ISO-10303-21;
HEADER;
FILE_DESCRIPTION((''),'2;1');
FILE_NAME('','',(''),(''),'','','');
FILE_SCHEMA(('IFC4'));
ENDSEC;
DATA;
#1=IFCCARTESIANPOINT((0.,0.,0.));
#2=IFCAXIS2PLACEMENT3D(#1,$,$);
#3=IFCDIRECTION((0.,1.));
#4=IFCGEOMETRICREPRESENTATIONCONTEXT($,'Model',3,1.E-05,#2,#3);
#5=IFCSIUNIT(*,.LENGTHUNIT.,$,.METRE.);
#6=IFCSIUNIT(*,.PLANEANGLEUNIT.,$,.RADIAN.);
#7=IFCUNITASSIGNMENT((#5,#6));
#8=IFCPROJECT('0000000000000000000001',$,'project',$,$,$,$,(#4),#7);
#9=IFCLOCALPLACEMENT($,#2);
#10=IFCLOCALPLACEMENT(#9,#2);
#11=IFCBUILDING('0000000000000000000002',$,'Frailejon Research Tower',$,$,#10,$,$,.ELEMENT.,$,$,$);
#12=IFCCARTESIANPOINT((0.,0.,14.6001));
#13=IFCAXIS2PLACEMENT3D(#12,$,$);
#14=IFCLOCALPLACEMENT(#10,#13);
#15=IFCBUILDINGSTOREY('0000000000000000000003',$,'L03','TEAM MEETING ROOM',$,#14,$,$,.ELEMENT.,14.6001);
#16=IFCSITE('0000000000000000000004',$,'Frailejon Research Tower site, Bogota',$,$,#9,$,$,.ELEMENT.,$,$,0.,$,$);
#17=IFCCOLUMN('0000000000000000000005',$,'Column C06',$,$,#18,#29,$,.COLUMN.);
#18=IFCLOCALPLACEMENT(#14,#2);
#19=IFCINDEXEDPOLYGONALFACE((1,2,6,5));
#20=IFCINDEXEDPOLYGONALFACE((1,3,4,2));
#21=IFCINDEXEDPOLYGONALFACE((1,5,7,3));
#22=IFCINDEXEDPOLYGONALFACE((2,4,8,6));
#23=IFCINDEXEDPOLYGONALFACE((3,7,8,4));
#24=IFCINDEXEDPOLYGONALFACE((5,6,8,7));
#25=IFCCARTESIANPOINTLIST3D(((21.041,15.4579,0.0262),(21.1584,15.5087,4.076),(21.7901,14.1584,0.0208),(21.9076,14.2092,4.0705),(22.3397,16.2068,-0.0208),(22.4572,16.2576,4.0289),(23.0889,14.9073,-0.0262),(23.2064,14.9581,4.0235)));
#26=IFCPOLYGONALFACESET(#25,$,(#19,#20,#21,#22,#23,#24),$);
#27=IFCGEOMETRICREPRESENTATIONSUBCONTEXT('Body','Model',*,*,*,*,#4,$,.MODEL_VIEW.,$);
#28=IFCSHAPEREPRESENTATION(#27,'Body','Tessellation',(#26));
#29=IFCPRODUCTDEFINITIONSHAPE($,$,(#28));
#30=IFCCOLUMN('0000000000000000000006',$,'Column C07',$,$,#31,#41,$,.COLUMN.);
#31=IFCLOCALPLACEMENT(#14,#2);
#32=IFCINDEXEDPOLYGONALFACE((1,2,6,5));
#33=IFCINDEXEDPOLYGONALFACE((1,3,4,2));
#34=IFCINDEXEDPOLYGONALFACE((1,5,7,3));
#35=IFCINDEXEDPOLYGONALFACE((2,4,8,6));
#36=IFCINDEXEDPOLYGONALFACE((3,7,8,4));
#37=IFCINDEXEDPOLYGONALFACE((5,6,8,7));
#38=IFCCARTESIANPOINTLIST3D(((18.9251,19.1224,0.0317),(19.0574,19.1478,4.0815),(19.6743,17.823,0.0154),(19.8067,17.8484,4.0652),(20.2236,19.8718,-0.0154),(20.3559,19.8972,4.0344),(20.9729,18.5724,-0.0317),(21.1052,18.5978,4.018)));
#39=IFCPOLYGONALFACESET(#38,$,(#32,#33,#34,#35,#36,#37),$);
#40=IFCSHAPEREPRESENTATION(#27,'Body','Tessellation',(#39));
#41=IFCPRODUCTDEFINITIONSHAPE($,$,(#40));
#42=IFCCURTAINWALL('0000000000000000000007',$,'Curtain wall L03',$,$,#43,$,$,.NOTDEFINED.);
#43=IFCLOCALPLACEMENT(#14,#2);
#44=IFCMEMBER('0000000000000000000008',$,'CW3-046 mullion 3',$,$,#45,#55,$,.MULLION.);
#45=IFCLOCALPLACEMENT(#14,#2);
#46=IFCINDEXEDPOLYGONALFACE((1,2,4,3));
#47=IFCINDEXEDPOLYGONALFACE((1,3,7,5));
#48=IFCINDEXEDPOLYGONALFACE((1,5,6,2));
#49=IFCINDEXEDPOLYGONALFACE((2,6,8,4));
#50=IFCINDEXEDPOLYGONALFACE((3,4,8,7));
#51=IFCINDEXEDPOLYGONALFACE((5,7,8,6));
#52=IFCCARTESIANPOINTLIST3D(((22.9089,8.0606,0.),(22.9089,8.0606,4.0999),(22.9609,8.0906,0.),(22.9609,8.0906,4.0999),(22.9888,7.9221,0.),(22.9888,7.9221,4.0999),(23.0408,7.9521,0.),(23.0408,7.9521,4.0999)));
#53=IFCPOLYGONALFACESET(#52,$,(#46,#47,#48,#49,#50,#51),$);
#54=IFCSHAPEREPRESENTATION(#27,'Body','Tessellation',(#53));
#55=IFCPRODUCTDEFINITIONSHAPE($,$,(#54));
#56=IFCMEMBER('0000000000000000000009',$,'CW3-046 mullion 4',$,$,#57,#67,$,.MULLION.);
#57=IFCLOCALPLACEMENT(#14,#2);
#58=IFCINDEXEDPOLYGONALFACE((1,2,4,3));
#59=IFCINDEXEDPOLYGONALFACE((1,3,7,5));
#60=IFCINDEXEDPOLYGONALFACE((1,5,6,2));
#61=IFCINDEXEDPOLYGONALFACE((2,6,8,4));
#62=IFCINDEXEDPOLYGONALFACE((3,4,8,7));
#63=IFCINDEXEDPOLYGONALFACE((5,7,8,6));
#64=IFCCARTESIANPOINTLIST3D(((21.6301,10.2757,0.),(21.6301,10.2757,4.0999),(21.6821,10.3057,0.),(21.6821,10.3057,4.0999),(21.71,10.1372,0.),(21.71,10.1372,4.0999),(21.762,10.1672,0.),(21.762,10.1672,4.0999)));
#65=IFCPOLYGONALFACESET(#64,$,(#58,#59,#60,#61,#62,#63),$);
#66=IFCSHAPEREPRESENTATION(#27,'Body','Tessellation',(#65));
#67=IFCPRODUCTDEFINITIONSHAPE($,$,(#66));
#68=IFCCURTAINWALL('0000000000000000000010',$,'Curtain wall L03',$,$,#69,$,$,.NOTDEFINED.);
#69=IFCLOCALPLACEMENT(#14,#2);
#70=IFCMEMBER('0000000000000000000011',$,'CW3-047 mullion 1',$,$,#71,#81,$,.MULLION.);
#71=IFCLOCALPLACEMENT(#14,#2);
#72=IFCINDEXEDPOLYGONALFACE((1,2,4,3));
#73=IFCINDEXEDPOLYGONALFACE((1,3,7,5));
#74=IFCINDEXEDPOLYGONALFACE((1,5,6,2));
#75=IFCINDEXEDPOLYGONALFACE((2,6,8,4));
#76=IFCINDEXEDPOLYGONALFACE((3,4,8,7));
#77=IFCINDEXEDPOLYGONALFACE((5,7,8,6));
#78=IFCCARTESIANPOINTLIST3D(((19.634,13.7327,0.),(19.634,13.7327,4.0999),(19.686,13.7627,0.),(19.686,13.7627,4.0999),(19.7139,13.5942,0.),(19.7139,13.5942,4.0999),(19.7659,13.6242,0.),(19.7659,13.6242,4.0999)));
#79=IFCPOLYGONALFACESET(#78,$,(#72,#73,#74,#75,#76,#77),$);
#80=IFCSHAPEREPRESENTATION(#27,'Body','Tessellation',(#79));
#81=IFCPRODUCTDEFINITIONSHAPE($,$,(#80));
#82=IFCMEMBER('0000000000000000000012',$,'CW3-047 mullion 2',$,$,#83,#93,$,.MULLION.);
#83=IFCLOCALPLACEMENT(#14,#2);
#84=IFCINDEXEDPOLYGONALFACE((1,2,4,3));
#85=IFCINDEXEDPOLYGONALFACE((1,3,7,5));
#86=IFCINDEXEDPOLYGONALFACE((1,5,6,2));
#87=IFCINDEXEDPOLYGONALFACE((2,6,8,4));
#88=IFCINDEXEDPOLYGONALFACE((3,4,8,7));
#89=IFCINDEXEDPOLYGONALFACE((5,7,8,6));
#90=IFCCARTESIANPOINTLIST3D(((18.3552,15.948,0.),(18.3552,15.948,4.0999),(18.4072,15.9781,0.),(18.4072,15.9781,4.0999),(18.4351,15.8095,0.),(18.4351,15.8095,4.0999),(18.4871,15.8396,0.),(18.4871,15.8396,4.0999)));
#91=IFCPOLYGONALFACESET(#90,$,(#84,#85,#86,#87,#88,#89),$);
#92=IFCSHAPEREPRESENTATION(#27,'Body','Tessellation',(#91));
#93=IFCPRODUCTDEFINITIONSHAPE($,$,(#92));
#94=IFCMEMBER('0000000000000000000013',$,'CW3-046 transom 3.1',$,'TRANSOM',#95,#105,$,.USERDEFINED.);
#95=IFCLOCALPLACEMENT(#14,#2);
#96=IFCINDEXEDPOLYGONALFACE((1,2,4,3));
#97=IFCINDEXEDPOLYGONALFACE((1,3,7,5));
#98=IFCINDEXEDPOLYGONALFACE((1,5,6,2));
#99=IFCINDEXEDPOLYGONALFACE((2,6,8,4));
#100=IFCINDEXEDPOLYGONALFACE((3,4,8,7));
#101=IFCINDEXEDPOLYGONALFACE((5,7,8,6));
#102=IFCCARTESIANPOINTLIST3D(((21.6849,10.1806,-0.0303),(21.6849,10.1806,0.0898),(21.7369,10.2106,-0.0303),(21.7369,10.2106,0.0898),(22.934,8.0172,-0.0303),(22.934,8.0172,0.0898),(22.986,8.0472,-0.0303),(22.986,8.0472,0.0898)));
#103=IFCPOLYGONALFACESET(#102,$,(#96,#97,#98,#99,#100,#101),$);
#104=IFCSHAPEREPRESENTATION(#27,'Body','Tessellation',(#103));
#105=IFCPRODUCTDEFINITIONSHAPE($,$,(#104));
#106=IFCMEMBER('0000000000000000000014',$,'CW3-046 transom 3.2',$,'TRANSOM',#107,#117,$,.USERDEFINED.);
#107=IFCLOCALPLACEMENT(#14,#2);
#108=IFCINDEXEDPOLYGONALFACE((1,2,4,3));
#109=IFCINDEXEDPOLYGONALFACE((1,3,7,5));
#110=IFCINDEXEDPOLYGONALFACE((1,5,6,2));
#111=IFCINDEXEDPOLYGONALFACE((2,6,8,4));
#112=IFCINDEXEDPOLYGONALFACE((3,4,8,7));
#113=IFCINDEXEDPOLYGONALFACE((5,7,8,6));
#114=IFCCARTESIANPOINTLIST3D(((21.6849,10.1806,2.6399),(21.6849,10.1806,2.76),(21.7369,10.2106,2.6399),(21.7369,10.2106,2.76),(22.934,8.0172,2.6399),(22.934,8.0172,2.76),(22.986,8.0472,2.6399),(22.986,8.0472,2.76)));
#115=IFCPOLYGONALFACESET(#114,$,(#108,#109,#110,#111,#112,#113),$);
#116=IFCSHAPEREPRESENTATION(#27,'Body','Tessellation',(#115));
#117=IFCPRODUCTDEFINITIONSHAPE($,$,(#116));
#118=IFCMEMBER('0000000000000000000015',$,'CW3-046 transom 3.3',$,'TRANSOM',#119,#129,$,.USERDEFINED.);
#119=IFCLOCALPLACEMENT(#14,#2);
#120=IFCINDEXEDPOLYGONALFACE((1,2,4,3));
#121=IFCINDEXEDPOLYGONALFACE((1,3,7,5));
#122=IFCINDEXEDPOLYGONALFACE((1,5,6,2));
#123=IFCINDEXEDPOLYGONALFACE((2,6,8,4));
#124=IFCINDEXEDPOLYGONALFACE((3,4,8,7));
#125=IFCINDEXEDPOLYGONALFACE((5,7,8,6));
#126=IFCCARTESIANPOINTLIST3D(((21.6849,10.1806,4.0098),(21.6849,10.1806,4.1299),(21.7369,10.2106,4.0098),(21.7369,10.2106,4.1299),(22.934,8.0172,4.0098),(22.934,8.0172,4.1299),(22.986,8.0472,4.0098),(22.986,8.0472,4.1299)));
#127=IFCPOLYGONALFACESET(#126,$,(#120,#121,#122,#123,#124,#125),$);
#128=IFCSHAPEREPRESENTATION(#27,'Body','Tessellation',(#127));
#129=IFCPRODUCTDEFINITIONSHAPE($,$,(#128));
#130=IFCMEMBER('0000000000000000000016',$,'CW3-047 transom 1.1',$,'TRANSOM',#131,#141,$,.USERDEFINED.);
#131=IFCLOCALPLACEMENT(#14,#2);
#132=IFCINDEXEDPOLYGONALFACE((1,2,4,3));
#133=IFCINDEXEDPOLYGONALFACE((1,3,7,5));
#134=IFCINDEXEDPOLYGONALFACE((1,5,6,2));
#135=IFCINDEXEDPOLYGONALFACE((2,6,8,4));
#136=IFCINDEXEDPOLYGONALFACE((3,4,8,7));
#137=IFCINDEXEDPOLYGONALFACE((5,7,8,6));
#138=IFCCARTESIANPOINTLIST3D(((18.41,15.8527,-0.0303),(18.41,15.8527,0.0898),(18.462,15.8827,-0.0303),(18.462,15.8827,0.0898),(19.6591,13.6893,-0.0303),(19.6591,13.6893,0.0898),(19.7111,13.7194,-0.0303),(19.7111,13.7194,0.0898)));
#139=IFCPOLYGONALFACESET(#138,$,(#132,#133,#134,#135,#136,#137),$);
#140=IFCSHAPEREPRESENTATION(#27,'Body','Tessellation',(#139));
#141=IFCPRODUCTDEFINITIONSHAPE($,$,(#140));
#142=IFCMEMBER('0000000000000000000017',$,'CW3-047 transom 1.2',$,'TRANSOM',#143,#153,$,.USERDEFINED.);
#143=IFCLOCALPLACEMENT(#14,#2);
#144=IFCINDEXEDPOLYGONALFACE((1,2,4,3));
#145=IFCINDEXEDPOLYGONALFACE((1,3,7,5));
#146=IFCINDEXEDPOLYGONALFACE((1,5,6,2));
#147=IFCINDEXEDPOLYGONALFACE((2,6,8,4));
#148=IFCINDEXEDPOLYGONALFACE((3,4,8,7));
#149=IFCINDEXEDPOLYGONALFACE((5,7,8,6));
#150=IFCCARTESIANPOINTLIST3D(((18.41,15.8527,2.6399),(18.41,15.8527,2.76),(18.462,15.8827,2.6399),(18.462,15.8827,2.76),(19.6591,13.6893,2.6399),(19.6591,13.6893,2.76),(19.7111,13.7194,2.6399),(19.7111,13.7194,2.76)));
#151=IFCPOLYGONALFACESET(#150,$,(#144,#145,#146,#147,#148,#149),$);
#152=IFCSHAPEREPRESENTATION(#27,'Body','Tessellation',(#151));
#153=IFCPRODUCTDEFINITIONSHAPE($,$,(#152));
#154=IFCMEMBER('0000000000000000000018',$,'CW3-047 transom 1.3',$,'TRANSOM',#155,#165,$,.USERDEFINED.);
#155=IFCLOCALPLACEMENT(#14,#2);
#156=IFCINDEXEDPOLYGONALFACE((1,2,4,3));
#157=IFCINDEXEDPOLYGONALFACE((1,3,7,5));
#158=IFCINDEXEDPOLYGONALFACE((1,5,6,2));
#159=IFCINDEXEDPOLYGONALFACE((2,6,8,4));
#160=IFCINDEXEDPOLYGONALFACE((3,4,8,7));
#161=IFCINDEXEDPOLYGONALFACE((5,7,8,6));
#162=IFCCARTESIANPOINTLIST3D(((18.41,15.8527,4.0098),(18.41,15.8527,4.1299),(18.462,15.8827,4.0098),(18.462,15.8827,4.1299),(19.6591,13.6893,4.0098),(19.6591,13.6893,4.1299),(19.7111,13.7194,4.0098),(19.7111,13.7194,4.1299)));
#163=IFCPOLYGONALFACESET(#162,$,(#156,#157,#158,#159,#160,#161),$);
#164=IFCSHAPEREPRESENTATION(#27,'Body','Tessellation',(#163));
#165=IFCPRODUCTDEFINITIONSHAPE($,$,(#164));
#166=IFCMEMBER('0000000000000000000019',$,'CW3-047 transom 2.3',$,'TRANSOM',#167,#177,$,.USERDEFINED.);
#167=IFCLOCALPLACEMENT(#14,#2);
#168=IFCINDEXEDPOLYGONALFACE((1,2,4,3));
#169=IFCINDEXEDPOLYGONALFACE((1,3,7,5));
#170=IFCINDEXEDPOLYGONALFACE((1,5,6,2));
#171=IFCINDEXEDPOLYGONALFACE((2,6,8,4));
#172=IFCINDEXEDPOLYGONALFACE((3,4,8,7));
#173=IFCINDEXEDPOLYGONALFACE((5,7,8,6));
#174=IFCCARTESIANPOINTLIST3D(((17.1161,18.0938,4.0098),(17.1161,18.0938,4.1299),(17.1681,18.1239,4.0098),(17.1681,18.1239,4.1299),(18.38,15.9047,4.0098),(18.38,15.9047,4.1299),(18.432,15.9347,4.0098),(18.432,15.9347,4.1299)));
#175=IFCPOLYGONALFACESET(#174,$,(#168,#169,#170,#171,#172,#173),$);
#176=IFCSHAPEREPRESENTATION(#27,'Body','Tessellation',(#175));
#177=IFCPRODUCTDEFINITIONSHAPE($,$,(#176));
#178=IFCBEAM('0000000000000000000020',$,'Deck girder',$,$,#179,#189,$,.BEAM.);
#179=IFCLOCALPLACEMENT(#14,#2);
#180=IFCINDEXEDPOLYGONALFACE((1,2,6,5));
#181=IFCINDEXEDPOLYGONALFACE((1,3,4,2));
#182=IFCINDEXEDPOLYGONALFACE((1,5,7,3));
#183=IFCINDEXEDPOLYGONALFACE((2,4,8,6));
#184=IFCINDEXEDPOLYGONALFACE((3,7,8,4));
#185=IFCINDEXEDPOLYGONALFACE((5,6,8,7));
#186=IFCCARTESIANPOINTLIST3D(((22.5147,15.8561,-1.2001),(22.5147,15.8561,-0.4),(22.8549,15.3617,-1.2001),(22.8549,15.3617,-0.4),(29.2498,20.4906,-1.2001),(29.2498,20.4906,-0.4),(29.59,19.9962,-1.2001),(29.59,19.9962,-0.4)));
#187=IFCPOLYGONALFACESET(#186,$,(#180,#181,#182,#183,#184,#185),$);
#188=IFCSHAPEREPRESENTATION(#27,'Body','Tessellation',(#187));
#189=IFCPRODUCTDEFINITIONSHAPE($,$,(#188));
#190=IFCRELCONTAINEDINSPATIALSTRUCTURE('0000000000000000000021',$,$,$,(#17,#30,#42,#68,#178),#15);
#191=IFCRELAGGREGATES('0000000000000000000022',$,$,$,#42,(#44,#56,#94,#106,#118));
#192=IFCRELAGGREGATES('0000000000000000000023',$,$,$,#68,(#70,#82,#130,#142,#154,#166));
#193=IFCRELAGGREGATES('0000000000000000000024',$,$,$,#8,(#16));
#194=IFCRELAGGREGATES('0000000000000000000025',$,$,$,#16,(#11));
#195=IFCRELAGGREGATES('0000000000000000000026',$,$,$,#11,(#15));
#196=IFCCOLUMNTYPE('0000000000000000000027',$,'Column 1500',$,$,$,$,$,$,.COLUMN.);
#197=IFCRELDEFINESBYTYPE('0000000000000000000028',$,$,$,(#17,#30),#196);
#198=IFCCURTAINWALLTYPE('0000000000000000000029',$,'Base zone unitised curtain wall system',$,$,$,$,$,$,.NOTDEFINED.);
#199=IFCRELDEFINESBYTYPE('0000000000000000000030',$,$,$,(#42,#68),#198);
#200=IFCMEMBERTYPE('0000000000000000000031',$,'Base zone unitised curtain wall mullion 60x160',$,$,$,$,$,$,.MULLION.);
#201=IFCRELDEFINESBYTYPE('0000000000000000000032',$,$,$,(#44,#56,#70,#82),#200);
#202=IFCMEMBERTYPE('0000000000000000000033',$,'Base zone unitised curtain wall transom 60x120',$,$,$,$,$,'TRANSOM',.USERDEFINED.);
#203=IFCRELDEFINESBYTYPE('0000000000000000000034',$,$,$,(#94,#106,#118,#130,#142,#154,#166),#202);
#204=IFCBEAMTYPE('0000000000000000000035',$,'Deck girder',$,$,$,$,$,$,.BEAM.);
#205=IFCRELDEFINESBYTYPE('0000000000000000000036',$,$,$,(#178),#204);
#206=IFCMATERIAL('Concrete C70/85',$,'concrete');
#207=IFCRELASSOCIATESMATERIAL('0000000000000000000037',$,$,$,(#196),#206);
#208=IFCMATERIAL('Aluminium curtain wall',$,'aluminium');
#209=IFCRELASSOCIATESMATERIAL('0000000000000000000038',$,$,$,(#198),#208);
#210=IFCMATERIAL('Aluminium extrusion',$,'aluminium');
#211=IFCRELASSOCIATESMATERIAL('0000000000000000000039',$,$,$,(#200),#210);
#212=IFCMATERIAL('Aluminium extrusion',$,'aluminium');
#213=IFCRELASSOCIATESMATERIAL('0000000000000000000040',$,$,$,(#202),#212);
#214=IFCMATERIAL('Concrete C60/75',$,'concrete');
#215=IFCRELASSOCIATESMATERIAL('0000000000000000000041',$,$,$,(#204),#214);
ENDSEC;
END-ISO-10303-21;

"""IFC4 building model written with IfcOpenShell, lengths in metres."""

from ifc_helpers import new_model, si_unit, direction, frame, origin, origin_2d, place, context, subcontext, project, spatial, rectangle, extrude, material, material_profile, profile_set, type_object, element, aggregate, save


model = new_model("IFC4")

# Units and contexts
model_context = context("Model", 3, precision=1e-05, world=origin(), true_north=direction((0.0, 1.0)))
body_context = subcontext(model_context, "Body", "Model", "MODEL_VIEW")
ifc_project = project(units=[si_unit("LENGTHUNIT", "METRE"), si_unit("PLANEANGLEUNIT", "RADIAN")], contexts=[model_context])

# Site, building, storey
site_placement = place(None, origin())
site = spatial("IfcSite", under=ifc_project, at=site_placement, Name="Frailejon Research Tower site, Bogota", CompositionType="ELEMENT", RefElevation=0.0)
building_placement = place(site_placement, origin())
building = spatial("IfcBuilding", under=site, at=building_placement, Name="Frailejon Research Tower", CompositionType="ELEMENT")
storey_placement = place(building_placement, frame((0.0, 0.0, 14.6001)))
storey = spatial("IfcBuildingStorey", under=building, at=storey_placement, Name="L03", Description="TEAM MEETING ROOM", CompositionType="ELEMENT", Elevation=14.6001)

# Columns
ifc_material_1 = material(Name="Concrete C70/85", Category="concrete")
ifc_material_profile_1 = material_profile(ifc_material_1, rectangle(XDim=1.5, YDim=1.5, at=origin_2d()), Name="Column 1500")
ifc_profile_set_1 = profile_set([ifc_material_profile_1], Name="Concrete C70/85")
column_type = type_object("IfcColumnType", Name="Column 1500", PredefinedType="COLUMN", material=ifc_profile_set_1)
column_1_placement = place(storey_placement, frame((22.0649, 15.1826, 0.0), z_axis=(0.028982, 0.012533, 0.999501), x_axis=(-0.49945, 0.866335, 0.003619)))
element("IfcColumn", 1, at=column_1_placement, inside=storey, type_object=column_type, Name="Column C06", PredefinedType="COLUMN", context=body_context, shape_type="SweptSolid", body=[
    extrude(rectangle(XDim=1.5, YDim=1.5, at=origin_2d()), origin(), (0.0, 0.0, 1.0), 4.0518),
])
column_2_placement = place(storey_placement, frame((19.949, 18.8474, 0.0), z_axis=(0.032656, 0.006266, 0.999447), x_axis=(-0.49952, 0.866234, 0.01089)))
element("IfcColumn", 2, at=column_2_placement, inside=storey, type_object=column_type, Name="Column C07", PredefinedType="COLUMN", context=body_context, shape_type="SweptSolid", body=[
    extrude(rectangle(XDim=1.5, YDim=1.5, at=origin_2d()), origin(), (0.0, 0.0, 1.0), 4.052),
])

# Curtain walls, members
ifc_material_2 = material(Name="Aluminium curtain wall", Category="aluminium")
curtain_wall_type = type_object("IfcCurtainWallType", Name="Base zone unitised curtain wall system", PredefinedType="NOTDEFINED", material=ifc_material_2)
curtain_wall_1_placement = place(storey_placement, origin())
curtain_wall_1 = element("IfcCurtainWall", 3, at=curtain_wall_1_placement, inside=storey, type_object=curtain_wall_type, Name="Curtain wall L03", PredefinedType="NOTDEFINED")
ifc_material_3 = material(Name="Aluminium extrusion", Category="aluminium")
ifc_material_profile_2 = material_profile(ifc_material_3, rectangle(XDim=0.0601, YDim=0.1599, at=origin_2d()), Name="Base zone unitised curtain wall mullion 60x160")
ifc_profile_set_2 = profile_set([ifc_material_profile_2], Name="Aluminium extrusion")
member_type_1 = type_object("IfcMemberType", Name="Base zone unitised curtain wall mullion 60x160", PredefinedType="MULLION", material=ifc_profile_set_2)
member_1_placement = place(storey_placement, frame((22.9749, 8.0063, 0.0), z_axis=(0.0, 0.0, 1.0), x_axis=(-0.866029, -0.499993, 0.0)))
member_1 = element("IfcMember", 4, at=member_1_placement, type_object=member_type_1, Name="CW3-046 mullion 3", PredefinedType="MULLION", context=body_context, shape_type="SweptSolid", body=[
    extrude(rectangle(XDim=0.0601, YDim=0.1599, at=origin_2d()), origin(), (0.0, 0.0, 1.0), 4.0999),
])
member_2_placement = place(storey_placement, frame((21.696, 10.2214, 0.0), z_axis=(0.0, 0.0, 1.0), x_axis=(-0.866029, -0.499993, 0.0)))
member_2 = element("IfcMember", 5, at=member_2_placement, type_object=member_type_1, Name="CW3-046 mullion 4", PredefinedType="MULLION", context=body_context, shape_type="SweptSolid", body=[
    extrude(rectangle(XDim=0.0601, YDim=0.1599, at=origin_2d()), origin(), (0.0, 0.0, 1.0), 4.0999),
])
curtain_wall_2_placement = place(storey_placement, origin())
curtain_wall_2 = element("IfcCurtainWall", 6, at=curtain_wall_2_placement, inside=storey, type_object=curtain_wall_type, Name="Curtain wall L03", PredefinedType="NOTDEFINED")
member_3_placement = place(storey_placement, frame((19.7, 13.6785, 0.0), z_axis=(0.0, 0.0, 1.0), x_axis=(-0.866029, -0.499993, 0.0)))
member_3 = element("IfcMember", 7, at=member_3_placement, type_object=member_type_1, Name="CW3-047 mullion 1", PredefinedType="MULLION", context=body_context, shape_type="SweptSolid", body=[
    extrude(rectangle(XDim=0.0601, YDim=0.1599, at=origin_2d()), origin(), (0.0, 0.0, 1.0), 4.0999),
])
member_4_placement = place(storey_placement, frame((18.4211, 15.8938, 0.0), z_axis=(0.0, 0.0, 1.0), x_axis=(-0.866029, -0.499993, 0.0)))
member_4 = element("IfcMember", 8, at=member_4_placement, type_object=member_type_1, Name="CW3-047 mullion 2", PredefinedType="MULLION", context=body_context, shape_type="SweptSolid", body=[
    extrude(rectangle(XDim=0.0601, YDim=0.1599, at=origin_2d()), origin(), (0.0, 0.0, 1.0), 4.0999),
])

# Members
ifc_material_4 = material(Name="Aluminium extrusion", Category="aluminium")
ifc_material_profile_3 = material_profile(ifc_material_4, rectangle(XDim=0.0601, YDim=0.1201, at=origin_2d()), Name="Base zone unitised curtain wall transom 60x120")
ifc_profile_set_3 = profile_set([ifc_material_profile_3], Name="Aluminium extrusion")
member_type_2 = type_object("IfcMemberType", Name="Base zone unitised curtain wall transom 60x120", ElementType="TRANSOM", PredefinedType="USERDEFINED", material=ifc_profile_set_3)
member_5_placement = place(storey_placement, frame((22.96, 8.0322, 0.0298), z_axis=(-0.500007, 0.866021, 0.0), x_axis=(-0.866021, -0.500007, 0.0)))
member_5 = element("IfcMember", 9, at=member_5_placement, type_object=member_type_2, Name="CW3-046 transom 3.1", ObjectType="TRANSOM", PredefinedType="USERDEFINED", context=body_context, shape_type="SweptSolid", body=[
    extrude(rectangle(XDim=0.0601, YDim=0.1201, at=origin_2d()), origin(), (0.0, 0.0, 1.0), 2.498),
])
member_6_placement = place(storey_placement, frame((22.96, 8.0322, 2.7), z_axis=(-0.500007, 0.866021, 0.0), x_axis=(-0.866021, -0.500007, 0.0)))
member_6 = element("IfcMember", 10, at=member_6_placement, type_object=member_type_2, Name="CW3-046 transom 3.2", ObjectType="TRANSOM", PredefinedType="USERDEFINED", context=body_context, shape_type="SweptSolid", body=[
    extrude(rectangle(XDim=0.0601, YDim=0.1201, at=origin_2d()), origin(), (0.0, 0.0, 1.0), 2.498),
])
member_7_placement = place(storey_placement, frame((22.96, 8.0322, 4.0698), z_axis=(-0.500007, 0.866021, 0.0), x_axis=(-0.866021, -0.500007, 0.0)))
member_7 = element("IfcMember", 11, at=member_7_placement, type_object=member_type_2, Name="CW3-046 transom 3.3", ObjectType="TRANSOM", PredefinedType="USERDEFINED", context=body_context, shape_type="SweptSolid", body=[
    extrude(rectangle(XDim=0.0601, YDim=0.1201, at=origin_2d()), origin(), (0.0, 0.0, 1.0), 2.498),
])
member_8_placement = place(storey_placement, frame((19.6851, 13.7043, 0.0298), z_axis=(-0.500007, 0.866021, 0.0), x_axis=(-0.866021, -0.500007, 0.0)))
member_8 = element("IfcMember", 12, at=member_8_placement, type_object=member_type_2, Name="CW3-047 transom 1.1", ObjectType="TRANSOM", PredefinedType="USERDEFINED", context=body_context, shape_type="SweptSolid", body=[
    extrude(rectangle(XDim=0.0601, YDim=0.1201, at=origin_2d()), origin(), (0.0, 0.0, 1.0), 2.498),
])
member_9_placement = place(storey_placement, frame((19.6851, 13.7043, 2.7), z_axis=(-0.500007, 0.866021, 0.0), x_axis=(-0.866021, -0.500007, 0.0)))
member_9 = element("IfcMember", 13, at=member_9_placement, type_object=member_type_2, Name="CW3-047 transom 1.2", ObjectType="TRANSOM", PredefinedType="USERDEFINED", context=body_context, shape_type="SweptSolid", body=[
    extrude(rectangle(XDim=0.0601, YDim=0.1201, at=origin_2d()), origin(), (0.0, 0.0, 1.0), 2.498),
])
member_10_placement = place(storey_placement, frame((19.6851, 13.7043, 4.0698), z_axis=(-0.500007, 0.866021, 0.0), x_axis=(-0.866021, -0.500007, 0.0)))
member_10 = element("IfcMember", 14, at=member_10_placement, type_object=member_type_2, Name="CW3-047 transom 1.3", ObjectType="TRANSOM", PredefinedType="USERDEFINED", context=body_context, shape_type="SweptSolid", body=[
    extrude(rectangle(XDim=0.0601, YDim=0.1201, at=origin_2d()), origin(), (0.0, 0.0, 1.0), 2.498),
])
member_11_placement = place(storey_placement, frame((18.406, 15.9197, 4.0698), z_axis=(-0.499993, 0.86603, 0.0), x_axis=(-0.86603, -0.499993, 0.0)))
member_11 = element("IfcMember", 15, at=member_11_placement, type_object=member_type_2, Name="CW3-047 transom 2.3", ObjectType="TRANSOM", PredefinedType="USERDEFINED", context=body_context, shape_type="SweptSolid", body=[
    extrude(rectangle(XDim=0.0601, YDim=0.1201, at=origin_2d()), origin(), (0.0, 0.0, 1.0), 2.5278),
])

# Beam
ifc_material_5 = material(Name="Concrete C60/75", Category="concrete")
ifc_material_profile_4 = material_profile(ifc_material_5, rectangle(XDim=0.6001, YDim=0.8, at=origin_2d()), Name="Deck girder")
ifc_profile_set_4 = profile_set([ifc_material_profile_4], Name="Concrete C60/75")
beam_type_1 = type_object("IfcBeamType", Name="Deck girder", PredefinedType="BEAM", material=ifc_profile_set_4)
beam_1_placement = place(storey_placement, frame((22.6848, 15.6089, -0.8), z_axis=(0.823806, 0.566872, 0.0), x_axis=(-0.566872, 0.823806, 0.0)))
element("IfcBeam", 16, at=beam_1_placement, inside=storey, type_object=beam_type_1, Name="Deck girder", PredefinedType="BEAM", context=body_context, shape_type="SweptSolid", body=[
    extrude(rectangle(XDim=0.6001, YDim=0.8, at=origin_2d()), origin(), (0.0, 0.0, 1.0), 8.1755),
])

aggregate(curtain_wall_1, [member_1, member_2, member_5, member_6, member_7])
aggregate(curtain_wall_2, [member_3, member_4, member_8, member_9, member_10, member_11])

save(model, "model.ifc")
